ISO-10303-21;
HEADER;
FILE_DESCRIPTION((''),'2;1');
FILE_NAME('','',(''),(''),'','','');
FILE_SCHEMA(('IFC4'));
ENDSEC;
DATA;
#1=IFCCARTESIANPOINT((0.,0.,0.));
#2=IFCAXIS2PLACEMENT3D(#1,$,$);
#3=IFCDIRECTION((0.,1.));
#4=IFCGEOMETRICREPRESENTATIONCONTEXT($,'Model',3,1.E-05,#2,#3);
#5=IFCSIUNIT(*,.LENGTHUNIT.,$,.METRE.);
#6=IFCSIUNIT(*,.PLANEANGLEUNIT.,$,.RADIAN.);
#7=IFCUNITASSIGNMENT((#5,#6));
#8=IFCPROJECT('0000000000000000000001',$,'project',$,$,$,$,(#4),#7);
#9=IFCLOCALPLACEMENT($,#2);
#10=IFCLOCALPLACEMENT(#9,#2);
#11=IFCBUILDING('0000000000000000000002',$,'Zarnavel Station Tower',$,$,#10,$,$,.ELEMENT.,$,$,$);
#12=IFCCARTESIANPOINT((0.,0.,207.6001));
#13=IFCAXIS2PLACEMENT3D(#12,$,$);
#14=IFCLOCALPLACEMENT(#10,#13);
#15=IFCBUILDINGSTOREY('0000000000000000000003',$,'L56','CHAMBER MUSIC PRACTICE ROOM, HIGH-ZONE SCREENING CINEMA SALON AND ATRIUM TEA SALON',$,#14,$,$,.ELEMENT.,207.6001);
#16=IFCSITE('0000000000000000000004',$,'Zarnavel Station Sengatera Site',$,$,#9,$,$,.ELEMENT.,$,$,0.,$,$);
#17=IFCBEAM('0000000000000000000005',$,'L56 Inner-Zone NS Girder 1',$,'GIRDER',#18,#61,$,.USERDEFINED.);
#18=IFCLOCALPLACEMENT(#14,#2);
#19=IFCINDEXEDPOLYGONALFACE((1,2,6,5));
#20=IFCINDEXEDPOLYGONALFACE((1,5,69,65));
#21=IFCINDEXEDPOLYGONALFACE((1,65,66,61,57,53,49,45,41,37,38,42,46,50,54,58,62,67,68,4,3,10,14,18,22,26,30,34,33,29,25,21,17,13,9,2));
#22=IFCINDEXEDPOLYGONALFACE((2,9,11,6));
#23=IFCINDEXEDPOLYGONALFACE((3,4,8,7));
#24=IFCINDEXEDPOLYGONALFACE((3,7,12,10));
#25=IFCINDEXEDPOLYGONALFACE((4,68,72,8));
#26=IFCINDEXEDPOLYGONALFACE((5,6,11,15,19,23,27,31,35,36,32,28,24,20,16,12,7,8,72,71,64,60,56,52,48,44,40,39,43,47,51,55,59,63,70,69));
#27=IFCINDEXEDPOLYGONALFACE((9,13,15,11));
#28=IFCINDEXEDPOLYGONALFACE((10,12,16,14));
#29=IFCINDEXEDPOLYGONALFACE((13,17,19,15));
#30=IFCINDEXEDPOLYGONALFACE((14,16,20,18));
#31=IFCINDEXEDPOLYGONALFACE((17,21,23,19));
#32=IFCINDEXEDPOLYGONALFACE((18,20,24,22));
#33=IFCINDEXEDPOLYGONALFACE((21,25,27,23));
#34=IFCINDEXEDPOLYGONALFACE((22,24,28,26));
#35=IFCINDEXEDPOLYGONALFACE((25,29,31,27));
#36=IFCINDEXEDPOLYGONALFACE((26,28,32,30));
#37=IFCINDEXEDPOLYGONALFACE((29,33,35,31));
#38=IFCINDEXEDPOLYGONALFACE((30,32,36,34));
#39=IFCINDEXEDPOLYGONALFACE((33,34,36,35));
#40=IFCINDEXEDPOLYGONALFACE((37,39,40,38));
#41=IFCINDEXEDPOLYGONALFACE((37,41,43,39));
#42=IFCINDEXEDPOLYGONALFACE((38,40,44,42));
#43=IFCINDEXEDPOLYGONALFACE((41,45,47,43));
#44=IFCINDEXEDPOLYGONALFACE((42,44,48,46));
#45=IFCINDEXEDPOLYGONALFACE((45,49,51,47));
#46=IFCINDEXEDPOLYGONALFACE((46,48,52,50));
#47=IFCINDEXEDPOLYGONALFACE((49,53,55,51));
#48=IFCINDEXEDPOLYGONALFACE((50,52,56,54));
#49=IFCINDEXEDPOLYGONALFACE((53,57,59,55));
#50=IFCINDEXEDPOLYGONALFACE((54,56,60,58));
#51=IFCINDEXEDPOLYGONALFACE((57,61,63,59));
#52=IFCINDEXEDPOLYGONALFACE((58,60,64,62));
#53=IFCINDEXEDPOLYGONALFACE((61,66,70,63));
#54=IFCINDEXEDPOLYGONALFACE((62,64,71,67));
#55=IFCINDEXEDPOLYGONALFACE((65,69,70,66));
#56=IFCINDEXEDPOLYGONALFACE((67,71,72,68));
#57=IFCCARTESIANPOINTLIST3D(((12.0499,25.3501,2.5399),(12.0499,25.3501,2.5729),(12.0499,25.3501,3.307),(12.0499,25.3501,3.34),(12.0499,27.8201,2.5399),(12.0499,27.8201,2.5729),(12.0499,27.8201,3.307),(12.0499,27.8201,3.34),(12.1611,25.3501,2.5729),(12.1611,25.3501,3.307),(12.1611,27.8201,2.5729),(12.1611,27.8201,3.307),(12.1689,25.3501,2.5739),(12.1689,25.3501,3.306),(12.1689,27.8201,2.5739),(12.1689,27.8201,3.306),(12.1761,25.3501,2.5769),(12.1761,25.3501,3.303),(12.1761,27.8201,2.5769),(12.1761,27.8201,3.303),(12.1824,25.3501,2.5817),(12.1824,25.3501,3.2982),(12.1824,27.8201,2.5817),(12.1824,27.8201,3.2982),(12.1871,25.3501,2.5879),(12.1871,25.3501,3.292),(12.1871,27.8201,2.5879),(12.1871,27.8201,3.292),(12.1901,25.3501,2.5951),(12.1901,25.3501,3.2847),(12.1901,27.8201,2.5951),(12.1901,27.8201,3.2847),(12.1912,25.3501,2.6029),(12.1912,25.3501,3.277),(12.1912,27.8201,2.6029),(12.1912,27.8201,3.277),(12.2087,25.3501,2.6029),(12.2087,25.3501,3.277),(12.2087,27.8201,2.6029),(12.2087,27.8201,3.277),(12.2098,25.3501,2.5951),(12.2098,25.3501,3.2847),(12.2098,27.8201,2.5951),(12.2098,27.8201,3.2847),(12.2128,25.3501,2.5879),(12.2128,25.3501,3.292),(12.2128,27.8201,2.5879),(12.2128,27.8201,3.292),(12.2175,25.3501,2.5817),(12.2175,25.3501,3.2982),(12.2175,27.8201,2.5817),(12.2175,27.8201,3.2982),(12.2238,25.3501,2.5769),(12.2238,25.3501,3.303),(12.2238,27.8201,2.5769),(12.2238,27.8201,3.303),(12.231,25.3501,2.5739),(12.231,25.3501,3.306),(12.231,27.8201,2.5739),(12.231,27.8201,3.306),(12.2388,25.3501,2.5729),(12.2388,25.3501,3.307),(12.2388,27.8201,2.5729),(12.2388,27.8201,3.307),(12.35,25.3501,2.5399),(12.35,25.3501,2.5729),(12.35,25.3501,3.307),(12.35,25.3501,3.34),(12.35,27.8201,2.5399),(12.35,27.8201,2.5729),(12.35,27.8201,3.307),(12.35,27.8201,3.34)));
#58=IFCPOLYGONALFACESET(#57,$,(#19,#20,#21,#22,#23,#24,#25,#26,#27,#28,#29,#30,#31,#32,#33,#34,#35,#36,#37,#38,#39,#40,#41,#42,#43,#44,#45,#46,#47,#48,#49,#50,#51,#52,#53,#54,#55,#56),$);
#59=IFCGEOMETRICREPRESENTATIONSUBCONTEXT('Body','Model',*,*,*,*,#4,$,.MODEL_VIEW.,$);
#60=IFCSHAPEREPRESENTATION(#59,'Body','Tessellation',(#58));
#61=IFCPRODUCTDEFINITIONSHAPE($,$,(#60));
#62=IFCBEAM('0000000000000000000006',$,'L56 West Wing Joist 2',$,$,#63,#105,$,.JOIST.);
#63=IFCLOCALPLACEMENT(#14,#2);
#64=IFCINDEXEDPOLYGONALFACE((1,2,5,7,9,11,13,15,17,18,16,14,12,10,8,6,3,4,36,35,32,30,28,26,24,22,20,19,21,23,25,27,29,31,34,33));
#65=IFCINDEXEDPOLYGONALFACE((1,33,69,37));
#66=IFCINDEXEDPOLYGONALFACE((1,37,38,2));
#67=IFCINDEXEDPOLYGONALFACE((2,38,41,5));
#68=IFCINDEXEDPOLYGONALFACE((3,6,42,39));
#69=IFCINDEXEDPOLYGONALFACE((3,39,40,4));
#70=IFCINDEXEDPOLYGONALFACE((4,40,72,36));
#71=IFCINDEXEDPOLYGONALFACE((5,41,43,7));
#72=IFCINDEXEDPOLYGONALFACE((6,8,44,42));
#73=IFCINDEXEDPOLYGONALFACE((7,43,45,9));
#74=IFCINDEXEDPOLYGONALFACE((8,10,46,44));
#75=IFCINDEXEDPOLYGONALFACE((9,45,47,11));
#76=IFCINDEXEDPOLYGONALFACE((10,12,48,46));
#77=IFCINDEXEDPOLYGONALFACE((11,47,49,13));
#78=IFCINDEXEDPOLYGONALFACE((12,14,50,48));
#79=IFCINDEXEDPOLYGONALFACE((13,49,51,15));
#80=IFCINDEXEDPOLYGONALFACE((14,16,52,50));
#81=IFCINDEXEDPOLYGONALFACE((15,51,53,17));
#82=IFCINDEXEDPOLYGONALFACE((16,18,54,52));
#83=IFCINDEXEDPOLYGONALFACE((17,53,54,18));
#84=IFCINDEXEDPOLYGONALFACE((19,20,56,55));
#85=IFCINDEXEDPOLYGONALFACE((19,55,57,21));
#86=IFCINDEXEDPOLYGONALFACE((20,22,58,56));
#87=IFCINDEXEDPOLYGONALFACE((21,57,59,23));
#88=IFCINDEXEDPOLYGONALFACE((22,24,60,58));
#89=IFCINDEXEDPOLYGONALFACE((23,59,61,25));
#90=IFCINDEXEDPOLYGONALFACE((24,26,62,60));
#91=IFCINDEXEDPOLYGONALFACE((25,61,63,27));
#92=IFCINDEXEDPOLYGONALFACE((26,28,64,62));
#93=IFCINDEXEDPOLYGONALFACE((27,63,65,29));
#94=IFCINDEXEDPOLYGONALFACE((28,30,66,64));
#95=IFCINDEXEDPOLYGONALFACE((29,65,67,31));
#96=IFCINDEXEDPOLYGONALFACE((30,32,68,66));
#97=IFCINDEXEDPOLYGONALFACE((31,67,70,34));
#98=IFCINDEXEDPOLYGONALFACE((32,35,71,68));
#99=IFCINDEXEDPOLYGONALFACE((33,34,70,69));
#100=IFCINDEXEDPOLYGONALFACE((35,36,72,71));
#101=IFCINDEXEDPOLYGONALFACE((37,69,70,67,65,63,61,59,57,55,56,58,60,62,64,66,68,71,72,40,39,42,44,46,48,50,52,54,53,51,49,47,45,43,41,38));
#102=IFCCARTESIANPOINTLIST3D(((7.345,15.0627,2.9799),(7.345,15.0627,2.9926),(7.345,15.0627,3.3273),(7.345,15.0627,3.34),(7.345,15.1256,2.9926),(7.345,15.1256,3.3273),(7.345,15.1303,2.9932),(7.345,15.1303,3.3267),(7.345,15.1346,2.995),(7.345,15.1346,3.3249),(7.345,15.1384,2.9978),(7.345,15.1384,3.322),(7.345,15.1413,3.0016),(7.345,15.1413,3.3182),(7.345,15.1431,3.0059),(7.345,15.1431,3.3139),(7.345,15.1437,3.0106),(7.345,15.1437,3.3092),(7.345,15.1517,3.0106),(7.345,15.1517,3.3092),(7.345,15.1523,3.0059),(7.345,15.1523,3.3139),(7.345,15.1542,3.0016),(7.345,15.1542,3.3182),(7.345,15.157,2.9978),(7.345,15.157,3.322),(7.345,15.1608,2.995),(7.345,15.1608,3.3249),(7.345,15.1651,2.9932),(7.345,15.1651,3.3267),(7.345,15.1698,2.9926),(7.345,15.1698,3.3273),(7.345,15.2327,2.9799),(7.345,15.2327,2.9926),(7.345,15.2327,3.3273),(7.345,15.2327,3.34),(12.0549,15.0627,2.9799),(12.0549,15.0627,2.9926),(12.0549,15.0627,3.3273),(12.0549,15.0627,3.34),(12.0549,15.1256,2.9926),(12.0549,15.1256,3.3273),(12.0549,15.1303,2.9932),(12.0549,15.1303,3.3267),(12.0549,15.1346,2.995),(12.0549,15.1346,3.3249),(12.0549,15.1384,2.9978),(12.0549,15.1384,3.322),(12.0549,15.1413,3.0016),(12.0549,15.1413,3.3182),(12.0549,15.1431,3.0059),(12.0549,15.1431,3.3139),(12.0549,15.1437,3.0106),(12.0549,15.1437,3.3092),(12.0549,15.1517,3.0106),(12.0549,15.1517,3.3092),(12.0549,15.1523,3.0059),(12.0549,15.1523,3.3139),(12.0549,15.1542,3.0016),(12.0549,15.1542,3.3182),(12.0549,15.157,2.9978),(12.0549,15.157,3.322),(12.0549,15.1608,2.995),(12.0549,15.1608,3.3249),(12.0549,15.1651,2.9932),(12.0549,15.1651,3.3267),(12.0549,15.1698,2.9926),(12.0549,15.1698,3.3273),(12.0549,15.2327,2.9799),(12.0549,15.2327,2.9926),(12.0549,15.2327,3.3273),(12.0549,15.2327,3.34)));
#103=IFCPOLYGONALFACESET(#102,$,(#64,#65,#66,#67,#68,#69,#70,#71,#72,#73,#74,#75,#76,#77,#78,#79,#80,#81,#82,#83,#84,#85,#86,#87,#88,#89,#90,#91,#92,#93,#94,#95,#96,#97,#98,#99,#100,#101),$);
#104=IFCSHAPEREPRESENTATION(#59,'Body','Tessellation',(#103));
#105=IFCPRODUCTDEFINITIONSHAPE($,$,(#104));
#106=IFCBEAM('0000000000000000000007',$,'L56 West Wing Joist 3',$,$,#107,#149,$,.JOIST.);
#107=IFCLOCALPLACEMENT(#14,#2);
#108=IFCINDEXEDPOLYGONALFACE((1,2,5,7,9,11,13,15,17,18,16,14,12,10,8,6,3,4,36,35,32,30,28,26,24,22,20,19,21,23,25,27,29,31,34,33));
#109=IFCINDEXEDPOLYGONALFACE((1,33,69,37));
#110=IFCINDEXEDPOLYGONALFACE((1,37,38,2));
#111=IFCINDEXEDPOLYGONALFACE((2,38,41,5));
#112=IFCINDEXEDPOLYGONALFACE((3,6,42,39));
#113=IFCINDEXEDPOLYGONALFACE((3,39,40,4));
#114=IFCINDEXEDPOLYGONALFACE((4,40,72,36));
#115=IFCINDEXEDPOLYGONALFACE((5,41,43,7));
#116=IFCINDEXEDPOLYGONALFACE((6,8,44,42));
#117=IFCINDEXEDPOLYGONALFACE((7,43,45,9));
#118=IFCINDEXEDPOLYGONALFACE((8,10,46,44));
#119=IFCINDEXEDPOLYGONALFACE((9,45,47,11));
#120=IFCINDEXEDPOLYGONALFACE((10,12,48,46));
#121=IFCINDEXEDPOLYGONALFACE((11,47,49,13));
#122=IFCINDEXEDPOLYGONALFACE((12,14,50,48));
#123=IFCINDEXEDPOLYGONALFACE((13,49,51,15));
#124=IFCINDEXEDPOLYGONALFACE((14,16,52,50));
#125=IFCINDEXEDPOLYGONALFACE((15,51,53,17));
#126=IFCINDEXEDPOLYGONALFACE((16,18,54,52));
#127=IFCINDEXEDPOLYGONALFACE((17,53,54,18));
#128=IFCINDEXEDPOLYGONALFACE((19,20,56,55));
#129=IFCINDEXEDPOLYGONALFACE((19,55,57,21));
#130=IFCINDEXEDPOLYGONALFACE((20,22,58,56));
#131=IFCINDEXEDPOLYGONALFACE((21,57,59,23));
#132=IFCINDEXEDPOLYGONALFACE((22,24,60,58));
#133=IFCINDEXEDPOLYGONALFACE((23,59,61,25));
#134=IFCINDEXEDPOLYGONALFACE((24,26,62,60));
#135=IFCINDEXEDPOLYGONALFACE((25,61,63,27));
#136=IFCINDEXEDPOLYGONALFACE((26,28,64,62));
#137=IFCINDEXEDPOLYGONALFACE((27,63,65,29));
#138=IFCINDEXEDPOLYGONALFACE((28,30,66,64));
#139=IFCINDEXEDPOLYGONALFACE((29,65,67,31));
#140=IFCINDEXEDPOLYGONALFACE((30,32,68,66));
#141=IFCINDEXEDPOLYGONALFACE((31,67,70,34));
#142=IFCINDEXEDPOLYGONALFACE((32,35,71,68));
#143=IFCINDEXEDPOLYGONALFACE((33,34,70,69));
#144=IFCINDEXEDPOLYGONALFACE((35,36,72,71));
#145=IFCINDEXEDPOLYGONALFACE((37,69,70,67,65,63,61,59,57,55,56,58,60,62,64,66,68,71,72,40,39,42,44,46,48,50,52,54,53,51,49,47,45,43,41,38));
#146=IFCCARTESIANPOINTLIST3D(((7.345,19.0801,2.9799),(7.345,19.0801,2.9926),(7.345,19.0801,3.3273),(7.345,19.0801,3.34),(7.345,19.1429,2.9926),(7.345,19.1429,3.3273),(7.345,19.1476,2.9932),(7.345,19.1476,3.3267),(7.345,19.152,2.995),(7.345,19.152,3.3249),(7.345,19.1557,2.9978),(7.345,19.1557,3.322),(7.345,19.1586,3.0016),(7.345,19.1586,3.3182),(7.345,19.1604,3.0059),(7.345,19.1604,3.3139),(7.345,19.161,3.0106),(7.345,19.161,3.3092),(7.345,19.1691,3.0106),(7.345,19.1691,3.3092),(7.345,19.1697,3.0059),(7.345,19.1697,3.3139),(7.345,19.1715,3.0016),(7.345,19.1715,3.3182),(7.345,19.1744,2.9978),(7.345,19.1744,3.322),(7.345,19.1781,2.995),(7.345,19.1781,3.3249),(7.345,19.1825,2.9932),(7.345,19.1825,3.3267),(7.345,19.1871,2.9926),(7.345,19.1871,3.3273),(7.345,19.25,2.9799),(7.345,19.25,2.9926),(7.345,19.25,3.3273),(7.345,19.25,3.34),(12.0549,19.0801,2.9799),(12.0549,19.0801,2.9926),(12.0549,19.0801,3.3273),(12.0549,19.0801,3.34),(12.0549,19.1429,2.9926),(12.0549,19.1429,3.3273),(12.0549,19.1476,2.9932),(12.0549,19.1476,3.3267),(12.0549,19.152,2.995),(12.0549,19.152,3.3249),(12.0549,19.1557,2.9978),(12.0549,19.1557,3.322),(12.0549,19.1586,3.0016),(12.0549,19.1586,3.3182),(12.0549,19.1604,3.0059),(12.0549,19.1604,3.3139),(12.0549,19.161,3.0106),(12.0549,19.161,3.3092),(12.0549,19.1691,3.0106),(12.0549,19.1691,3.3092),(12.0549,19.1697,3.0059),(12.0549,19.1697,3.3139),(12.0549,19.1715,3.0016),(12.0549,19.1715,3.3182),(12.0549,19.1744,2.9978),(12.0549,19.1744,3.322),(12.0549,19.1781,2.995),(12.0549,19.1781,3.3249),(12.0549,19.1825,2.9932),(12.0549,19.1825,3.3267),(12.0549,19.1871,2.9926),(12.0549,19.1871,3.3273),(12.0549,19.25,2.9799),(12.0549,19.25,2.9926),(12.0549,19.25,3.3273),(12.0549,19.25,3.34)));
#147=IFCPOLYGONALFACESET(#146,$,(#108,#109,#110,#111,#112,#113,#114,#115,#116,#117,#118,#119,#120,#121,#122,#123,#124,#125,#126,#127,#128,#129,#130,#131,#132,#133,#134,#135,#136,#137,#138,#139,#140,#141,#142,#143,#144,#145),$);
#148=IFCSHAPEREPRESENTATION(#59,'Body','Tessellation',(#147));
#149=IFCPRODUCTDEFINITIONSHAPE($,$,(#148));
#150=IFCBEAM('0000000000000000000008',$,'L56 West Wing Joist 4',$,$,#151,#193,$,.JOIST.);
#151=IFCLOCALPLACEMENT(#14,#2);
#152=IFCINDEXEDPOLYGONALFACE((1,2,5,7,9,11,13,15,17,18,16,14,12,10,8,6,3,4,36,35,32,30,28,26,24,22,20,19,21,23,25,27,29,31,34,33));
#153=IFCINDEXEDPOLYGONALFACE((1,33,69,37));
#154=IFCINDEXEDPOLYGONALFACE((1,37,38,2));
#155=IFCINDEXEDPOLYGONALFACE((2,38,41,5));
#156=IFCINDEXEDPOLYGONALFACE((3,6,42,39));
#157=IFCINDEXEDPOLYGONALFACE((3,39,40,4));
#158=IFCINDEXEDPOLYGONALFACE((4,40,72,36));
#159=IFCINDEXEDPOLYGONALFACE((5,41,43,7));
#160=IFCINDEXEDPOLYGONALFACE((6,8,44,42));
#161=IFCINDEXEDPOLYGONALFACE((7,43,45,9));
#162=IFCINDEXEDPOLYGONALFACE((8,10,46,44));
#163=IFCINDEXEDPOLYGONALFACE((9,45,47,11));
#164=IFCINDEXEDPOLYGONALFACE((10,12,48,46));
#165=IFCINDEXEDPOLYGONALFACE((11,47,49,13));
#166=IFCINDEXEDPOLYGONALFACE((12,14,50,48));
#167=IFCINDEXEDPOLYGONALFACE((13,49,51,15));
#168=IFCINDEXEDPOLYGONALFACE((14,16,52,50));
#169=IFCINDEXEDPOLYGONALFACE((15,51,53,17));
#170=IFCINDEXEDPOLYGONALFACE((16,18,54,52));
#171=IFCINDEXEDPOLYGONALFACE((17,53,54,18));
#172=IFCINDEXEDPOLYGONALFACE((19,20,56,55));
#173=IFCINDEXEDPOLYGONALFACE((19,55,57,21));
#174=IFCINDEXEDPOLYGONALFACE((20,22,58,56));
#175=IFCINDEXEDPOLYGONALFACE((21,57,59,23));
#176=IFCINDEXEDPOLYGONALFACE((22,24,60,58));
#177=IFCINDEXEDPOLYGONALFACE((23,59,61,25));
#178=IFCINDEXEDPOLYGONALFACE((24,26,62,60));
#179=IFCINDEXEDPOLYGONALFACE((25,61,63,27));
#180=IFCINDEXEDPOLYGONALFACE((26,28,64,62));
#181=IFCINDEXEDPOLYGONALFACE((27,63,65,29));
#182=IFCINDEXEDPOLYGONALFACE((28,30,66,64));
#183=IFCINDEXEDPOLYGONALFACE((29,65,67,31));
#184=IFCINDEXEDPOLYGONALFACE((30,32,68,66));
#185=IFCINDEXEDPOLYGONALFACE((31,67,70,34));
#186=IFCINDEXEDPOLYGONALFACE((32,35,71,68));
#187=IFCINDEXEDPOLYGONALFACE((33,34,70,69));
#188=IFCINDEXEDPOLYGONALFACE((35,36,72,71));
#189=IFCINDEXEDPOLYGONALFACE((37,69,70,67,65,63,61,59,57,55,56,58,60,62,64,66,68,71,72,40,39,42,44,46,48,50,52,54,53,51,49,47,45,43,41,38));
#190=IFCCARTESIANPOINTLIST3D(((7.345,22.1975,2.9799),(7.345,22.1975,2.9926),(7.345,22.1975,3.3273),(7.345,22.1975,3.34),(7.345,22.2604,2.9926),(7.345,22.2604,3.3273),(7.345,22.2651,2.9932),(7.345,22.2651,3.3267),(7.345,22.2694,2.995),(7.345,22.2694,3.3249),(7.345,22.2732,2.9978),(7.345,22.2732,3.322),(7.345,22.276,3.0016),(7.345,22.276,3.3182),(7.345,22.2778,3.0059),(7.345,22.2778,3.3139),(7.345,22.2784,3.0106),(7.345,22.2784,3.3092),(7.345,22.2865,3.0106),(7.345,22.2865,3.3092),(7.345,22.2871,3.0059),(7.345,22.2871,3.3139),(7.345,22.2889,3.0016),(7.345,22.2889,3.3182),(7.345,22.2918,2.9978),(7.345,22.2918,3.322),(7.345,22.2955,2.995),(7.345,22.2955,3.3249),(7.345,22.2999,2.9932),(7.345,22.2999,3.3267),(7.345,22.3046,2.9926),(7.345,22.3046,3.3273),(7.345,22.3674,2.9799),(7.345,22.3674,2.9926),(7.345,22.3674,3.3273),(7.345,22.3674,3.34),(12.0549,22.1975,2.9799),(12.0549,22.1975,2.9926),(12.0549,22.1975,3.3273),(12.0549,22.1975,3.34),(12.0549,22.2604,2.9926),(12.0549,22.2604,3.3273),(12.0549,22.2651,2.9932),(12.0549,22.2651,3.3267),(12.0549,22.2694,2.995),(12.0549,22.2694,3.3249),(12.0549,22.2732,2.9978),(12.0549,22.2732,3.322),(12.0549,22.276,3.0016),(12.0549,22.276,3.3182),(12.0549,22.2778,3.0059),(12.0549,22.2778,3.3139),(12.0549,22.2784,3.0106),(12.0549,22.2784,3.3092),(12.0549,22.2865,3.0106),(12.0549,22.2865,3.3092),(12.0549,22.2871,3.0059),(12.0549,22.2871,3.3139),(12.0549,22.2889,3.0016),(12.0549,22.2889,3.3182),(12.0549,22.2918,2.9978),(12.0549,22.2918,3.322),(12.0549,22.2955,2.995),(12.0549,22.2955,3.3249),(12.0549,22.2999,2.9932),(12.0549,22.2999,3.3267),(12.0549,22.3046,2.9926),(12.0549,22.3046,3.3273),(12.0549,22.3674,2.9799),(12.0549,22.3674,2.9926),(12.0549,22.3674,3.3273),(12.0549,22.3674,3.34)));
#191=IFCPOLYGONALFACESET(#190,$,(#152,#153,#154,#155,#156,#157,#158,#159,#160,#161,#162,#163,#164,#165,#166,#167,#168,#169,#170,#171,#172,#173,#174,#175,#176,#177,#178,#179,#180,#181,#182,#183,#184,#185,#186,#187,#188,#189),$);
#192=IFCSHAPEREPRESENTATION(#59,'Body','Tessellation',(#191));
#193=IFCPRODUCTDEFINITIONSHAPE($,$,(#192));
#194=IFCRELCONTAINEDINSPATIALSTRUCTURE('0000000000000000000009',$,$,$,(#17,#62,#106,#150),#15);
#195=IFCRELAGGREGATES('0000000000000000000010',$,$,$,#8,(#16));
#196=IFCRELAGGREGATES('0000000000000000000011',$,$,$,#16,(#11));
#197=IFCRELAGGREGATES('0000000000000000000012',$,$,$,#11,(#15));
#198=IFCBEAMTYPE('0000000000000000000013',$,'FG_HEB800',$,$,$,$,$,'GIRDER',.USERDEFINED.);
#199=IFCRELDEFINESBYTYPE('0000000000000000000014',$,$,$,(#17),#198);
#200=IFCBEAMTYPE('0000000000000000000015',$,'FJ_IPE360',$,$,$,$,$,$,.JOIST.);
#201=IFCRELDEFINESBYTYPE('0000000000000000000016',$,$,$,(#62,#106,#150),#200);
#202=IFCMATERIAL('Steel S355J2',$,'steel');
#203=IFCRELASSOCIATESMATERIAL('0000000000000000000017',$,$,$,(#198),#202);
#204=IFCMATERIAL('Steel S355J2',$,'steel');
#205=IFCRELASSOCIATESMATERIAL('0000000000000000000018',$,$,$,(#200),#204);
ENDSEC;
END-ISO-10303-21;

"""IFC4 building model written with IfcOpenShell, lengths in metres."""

from ifc_helpers import new_model, si_unit, direction, frame, origin, origin_2d, place, context, subcontext, project, spatial, i_section, extrude, material, material_profile, profile_set, type_object, element, save


model = new_model("IFC4")

# Units and contexts
model_context = context("Model", 3, precision=1e-05, world=origin(), true_north=direction((0.0, 1.0)))
body_context = subcontext(model_context, "Body", "Model", "MODEL_VIEW")
ifc_project = project(units=[si_unit("LENGTHUNIT", "METRE"), si_unit("PLANEANGLEUNIT", "RADIAN")], contexts=[model_context])

# Site, building, storey
site_placement = place(None, origin())
site = spatial("IfcSite", under=ifc_project, at=site_placement, Name="Zarnavel Station Sengatera Site", CompositionType="ELEMENT", RefElevation=0.0)
building_placement = place(site_placement, origin())
building = spatial("IfcBuilding", under=site, at=building_placement, Name="Zarnavel Station Tower", CompositionType="ELEMENT")
storey_placement = place(building_placement, frame((0.0, 0.0, 207.6001)))
storey = spatial("IfcBuildingStorey", under=building, at=storey_placement, Name="L56", Description="CHAMBER MUSIC PRACTICE ROOM, HIGH-ZONE SCREENING CINEMA SALON AND ATRIUM TEA SALON", CompositionType="ELEMENT", Elevation=207.6001)

# Beams
ifc_material_1 = material(Name="Steel S355J2", Category="steel")
ifc_material_profile_1 = material_profile(ifc_material_1, i_section(OverallWidth=0.3, OverallDepth=0.8, WebThickness=0.0176, FlangeThickness=0.033, FilletRadius=0.03, at=origin_2d()), Name="HEB800")
ifc_profile_set_1 = profile_set([ifc_material_profile_1], Name="Steel S355J2")
beam_type_1 = type_object("IfcBeamType", Name="FG_HEB800", ElementType="GIRDER", PredefinedType="USERDEFINED", material=ifc_profile_set_1)
beam_1_placement = place(storey_placement, frame((12.2, 25.3501, 2.9399), z_axis=(0.0, 1.0, 0.0), x_axis=(-1.0, 0.0, 0.0)))
element("IfcBeam", 1, at=beam_1_placement, inside=storey, type_object=beam_type_1, Name="L56 Inner-Zone NS Girder 1", ObjectType="GIRDER", PredefinedType="USERDEFINED", context=body_context, shape_type="SweptSolid", body=[
    extrude(i_section(OverallWidth=0.3, OverallDepth=0.8, WebThickness=0.0176, FlangeThickness=0.033, FilletRadius=0.03, at=origin_2d()), origin(), (0.0, 0.0, 1.0), 2.47),
])
ifc_material_2 = material(Name="Steel S355J2", Category="steel")
ifc_material_profile_2 = material_profile(ifc_material_2, i_section(OverallWidth=0.1699, OverallDepth=0.3601, WebThickness=0.0081, FlangeThickness=0.0127, FilletRadius=0.0181, at=origin_2d()), Name="IPE360")
ifc_profile_set_2 = profile_set([ifc_material_profile_2], Name="Steel S355J2")
beam_type_2 = type_object("IfcBeamType", Name="FJ_IPE360", PredefinedType="JOIST", material=ifc_profile_set_2)
for number, where, z_axis, x_axis, name in (
    (2, (7.345, 15.1477, 3.1599), (1.0, 0.0, 0.0), (0.0, 1.0, 0.0), "L56 West Wing Joist 2"),
    (3, (7.345, 19.165, 3.1599), (1.0, 0.0, 0.0), (0.0, 1.0, 0.0), "L56 West Wing Joist 3"),
    (4, (7.345, 22.2825, 3.1599), (1.0, 0.0, 0.0), (0.0, 1.0, 0.0), "L56 West Wing Joist 4"),
):
    element("IfcBeam", number, at=place(storey_placement, frame(where, z_axis=z_axis, x_axis=x_axis)), inside=storey, type_object=beam_type_2, Name=name, PredefinedType="JOIST", context=body_context, shape_type="SweptSolid", body=[
        extrude(i_section(OverallWidth=0.1699, OverallDepth=0.3601, WebThickness=0.0081, FlangeThickness=0.0127, FilletRadius=0.0181, at=origin_2d()), origin(), (0.0, 0.0, 1.0), 4.71),
    ])

save(model, "model.ifc")
